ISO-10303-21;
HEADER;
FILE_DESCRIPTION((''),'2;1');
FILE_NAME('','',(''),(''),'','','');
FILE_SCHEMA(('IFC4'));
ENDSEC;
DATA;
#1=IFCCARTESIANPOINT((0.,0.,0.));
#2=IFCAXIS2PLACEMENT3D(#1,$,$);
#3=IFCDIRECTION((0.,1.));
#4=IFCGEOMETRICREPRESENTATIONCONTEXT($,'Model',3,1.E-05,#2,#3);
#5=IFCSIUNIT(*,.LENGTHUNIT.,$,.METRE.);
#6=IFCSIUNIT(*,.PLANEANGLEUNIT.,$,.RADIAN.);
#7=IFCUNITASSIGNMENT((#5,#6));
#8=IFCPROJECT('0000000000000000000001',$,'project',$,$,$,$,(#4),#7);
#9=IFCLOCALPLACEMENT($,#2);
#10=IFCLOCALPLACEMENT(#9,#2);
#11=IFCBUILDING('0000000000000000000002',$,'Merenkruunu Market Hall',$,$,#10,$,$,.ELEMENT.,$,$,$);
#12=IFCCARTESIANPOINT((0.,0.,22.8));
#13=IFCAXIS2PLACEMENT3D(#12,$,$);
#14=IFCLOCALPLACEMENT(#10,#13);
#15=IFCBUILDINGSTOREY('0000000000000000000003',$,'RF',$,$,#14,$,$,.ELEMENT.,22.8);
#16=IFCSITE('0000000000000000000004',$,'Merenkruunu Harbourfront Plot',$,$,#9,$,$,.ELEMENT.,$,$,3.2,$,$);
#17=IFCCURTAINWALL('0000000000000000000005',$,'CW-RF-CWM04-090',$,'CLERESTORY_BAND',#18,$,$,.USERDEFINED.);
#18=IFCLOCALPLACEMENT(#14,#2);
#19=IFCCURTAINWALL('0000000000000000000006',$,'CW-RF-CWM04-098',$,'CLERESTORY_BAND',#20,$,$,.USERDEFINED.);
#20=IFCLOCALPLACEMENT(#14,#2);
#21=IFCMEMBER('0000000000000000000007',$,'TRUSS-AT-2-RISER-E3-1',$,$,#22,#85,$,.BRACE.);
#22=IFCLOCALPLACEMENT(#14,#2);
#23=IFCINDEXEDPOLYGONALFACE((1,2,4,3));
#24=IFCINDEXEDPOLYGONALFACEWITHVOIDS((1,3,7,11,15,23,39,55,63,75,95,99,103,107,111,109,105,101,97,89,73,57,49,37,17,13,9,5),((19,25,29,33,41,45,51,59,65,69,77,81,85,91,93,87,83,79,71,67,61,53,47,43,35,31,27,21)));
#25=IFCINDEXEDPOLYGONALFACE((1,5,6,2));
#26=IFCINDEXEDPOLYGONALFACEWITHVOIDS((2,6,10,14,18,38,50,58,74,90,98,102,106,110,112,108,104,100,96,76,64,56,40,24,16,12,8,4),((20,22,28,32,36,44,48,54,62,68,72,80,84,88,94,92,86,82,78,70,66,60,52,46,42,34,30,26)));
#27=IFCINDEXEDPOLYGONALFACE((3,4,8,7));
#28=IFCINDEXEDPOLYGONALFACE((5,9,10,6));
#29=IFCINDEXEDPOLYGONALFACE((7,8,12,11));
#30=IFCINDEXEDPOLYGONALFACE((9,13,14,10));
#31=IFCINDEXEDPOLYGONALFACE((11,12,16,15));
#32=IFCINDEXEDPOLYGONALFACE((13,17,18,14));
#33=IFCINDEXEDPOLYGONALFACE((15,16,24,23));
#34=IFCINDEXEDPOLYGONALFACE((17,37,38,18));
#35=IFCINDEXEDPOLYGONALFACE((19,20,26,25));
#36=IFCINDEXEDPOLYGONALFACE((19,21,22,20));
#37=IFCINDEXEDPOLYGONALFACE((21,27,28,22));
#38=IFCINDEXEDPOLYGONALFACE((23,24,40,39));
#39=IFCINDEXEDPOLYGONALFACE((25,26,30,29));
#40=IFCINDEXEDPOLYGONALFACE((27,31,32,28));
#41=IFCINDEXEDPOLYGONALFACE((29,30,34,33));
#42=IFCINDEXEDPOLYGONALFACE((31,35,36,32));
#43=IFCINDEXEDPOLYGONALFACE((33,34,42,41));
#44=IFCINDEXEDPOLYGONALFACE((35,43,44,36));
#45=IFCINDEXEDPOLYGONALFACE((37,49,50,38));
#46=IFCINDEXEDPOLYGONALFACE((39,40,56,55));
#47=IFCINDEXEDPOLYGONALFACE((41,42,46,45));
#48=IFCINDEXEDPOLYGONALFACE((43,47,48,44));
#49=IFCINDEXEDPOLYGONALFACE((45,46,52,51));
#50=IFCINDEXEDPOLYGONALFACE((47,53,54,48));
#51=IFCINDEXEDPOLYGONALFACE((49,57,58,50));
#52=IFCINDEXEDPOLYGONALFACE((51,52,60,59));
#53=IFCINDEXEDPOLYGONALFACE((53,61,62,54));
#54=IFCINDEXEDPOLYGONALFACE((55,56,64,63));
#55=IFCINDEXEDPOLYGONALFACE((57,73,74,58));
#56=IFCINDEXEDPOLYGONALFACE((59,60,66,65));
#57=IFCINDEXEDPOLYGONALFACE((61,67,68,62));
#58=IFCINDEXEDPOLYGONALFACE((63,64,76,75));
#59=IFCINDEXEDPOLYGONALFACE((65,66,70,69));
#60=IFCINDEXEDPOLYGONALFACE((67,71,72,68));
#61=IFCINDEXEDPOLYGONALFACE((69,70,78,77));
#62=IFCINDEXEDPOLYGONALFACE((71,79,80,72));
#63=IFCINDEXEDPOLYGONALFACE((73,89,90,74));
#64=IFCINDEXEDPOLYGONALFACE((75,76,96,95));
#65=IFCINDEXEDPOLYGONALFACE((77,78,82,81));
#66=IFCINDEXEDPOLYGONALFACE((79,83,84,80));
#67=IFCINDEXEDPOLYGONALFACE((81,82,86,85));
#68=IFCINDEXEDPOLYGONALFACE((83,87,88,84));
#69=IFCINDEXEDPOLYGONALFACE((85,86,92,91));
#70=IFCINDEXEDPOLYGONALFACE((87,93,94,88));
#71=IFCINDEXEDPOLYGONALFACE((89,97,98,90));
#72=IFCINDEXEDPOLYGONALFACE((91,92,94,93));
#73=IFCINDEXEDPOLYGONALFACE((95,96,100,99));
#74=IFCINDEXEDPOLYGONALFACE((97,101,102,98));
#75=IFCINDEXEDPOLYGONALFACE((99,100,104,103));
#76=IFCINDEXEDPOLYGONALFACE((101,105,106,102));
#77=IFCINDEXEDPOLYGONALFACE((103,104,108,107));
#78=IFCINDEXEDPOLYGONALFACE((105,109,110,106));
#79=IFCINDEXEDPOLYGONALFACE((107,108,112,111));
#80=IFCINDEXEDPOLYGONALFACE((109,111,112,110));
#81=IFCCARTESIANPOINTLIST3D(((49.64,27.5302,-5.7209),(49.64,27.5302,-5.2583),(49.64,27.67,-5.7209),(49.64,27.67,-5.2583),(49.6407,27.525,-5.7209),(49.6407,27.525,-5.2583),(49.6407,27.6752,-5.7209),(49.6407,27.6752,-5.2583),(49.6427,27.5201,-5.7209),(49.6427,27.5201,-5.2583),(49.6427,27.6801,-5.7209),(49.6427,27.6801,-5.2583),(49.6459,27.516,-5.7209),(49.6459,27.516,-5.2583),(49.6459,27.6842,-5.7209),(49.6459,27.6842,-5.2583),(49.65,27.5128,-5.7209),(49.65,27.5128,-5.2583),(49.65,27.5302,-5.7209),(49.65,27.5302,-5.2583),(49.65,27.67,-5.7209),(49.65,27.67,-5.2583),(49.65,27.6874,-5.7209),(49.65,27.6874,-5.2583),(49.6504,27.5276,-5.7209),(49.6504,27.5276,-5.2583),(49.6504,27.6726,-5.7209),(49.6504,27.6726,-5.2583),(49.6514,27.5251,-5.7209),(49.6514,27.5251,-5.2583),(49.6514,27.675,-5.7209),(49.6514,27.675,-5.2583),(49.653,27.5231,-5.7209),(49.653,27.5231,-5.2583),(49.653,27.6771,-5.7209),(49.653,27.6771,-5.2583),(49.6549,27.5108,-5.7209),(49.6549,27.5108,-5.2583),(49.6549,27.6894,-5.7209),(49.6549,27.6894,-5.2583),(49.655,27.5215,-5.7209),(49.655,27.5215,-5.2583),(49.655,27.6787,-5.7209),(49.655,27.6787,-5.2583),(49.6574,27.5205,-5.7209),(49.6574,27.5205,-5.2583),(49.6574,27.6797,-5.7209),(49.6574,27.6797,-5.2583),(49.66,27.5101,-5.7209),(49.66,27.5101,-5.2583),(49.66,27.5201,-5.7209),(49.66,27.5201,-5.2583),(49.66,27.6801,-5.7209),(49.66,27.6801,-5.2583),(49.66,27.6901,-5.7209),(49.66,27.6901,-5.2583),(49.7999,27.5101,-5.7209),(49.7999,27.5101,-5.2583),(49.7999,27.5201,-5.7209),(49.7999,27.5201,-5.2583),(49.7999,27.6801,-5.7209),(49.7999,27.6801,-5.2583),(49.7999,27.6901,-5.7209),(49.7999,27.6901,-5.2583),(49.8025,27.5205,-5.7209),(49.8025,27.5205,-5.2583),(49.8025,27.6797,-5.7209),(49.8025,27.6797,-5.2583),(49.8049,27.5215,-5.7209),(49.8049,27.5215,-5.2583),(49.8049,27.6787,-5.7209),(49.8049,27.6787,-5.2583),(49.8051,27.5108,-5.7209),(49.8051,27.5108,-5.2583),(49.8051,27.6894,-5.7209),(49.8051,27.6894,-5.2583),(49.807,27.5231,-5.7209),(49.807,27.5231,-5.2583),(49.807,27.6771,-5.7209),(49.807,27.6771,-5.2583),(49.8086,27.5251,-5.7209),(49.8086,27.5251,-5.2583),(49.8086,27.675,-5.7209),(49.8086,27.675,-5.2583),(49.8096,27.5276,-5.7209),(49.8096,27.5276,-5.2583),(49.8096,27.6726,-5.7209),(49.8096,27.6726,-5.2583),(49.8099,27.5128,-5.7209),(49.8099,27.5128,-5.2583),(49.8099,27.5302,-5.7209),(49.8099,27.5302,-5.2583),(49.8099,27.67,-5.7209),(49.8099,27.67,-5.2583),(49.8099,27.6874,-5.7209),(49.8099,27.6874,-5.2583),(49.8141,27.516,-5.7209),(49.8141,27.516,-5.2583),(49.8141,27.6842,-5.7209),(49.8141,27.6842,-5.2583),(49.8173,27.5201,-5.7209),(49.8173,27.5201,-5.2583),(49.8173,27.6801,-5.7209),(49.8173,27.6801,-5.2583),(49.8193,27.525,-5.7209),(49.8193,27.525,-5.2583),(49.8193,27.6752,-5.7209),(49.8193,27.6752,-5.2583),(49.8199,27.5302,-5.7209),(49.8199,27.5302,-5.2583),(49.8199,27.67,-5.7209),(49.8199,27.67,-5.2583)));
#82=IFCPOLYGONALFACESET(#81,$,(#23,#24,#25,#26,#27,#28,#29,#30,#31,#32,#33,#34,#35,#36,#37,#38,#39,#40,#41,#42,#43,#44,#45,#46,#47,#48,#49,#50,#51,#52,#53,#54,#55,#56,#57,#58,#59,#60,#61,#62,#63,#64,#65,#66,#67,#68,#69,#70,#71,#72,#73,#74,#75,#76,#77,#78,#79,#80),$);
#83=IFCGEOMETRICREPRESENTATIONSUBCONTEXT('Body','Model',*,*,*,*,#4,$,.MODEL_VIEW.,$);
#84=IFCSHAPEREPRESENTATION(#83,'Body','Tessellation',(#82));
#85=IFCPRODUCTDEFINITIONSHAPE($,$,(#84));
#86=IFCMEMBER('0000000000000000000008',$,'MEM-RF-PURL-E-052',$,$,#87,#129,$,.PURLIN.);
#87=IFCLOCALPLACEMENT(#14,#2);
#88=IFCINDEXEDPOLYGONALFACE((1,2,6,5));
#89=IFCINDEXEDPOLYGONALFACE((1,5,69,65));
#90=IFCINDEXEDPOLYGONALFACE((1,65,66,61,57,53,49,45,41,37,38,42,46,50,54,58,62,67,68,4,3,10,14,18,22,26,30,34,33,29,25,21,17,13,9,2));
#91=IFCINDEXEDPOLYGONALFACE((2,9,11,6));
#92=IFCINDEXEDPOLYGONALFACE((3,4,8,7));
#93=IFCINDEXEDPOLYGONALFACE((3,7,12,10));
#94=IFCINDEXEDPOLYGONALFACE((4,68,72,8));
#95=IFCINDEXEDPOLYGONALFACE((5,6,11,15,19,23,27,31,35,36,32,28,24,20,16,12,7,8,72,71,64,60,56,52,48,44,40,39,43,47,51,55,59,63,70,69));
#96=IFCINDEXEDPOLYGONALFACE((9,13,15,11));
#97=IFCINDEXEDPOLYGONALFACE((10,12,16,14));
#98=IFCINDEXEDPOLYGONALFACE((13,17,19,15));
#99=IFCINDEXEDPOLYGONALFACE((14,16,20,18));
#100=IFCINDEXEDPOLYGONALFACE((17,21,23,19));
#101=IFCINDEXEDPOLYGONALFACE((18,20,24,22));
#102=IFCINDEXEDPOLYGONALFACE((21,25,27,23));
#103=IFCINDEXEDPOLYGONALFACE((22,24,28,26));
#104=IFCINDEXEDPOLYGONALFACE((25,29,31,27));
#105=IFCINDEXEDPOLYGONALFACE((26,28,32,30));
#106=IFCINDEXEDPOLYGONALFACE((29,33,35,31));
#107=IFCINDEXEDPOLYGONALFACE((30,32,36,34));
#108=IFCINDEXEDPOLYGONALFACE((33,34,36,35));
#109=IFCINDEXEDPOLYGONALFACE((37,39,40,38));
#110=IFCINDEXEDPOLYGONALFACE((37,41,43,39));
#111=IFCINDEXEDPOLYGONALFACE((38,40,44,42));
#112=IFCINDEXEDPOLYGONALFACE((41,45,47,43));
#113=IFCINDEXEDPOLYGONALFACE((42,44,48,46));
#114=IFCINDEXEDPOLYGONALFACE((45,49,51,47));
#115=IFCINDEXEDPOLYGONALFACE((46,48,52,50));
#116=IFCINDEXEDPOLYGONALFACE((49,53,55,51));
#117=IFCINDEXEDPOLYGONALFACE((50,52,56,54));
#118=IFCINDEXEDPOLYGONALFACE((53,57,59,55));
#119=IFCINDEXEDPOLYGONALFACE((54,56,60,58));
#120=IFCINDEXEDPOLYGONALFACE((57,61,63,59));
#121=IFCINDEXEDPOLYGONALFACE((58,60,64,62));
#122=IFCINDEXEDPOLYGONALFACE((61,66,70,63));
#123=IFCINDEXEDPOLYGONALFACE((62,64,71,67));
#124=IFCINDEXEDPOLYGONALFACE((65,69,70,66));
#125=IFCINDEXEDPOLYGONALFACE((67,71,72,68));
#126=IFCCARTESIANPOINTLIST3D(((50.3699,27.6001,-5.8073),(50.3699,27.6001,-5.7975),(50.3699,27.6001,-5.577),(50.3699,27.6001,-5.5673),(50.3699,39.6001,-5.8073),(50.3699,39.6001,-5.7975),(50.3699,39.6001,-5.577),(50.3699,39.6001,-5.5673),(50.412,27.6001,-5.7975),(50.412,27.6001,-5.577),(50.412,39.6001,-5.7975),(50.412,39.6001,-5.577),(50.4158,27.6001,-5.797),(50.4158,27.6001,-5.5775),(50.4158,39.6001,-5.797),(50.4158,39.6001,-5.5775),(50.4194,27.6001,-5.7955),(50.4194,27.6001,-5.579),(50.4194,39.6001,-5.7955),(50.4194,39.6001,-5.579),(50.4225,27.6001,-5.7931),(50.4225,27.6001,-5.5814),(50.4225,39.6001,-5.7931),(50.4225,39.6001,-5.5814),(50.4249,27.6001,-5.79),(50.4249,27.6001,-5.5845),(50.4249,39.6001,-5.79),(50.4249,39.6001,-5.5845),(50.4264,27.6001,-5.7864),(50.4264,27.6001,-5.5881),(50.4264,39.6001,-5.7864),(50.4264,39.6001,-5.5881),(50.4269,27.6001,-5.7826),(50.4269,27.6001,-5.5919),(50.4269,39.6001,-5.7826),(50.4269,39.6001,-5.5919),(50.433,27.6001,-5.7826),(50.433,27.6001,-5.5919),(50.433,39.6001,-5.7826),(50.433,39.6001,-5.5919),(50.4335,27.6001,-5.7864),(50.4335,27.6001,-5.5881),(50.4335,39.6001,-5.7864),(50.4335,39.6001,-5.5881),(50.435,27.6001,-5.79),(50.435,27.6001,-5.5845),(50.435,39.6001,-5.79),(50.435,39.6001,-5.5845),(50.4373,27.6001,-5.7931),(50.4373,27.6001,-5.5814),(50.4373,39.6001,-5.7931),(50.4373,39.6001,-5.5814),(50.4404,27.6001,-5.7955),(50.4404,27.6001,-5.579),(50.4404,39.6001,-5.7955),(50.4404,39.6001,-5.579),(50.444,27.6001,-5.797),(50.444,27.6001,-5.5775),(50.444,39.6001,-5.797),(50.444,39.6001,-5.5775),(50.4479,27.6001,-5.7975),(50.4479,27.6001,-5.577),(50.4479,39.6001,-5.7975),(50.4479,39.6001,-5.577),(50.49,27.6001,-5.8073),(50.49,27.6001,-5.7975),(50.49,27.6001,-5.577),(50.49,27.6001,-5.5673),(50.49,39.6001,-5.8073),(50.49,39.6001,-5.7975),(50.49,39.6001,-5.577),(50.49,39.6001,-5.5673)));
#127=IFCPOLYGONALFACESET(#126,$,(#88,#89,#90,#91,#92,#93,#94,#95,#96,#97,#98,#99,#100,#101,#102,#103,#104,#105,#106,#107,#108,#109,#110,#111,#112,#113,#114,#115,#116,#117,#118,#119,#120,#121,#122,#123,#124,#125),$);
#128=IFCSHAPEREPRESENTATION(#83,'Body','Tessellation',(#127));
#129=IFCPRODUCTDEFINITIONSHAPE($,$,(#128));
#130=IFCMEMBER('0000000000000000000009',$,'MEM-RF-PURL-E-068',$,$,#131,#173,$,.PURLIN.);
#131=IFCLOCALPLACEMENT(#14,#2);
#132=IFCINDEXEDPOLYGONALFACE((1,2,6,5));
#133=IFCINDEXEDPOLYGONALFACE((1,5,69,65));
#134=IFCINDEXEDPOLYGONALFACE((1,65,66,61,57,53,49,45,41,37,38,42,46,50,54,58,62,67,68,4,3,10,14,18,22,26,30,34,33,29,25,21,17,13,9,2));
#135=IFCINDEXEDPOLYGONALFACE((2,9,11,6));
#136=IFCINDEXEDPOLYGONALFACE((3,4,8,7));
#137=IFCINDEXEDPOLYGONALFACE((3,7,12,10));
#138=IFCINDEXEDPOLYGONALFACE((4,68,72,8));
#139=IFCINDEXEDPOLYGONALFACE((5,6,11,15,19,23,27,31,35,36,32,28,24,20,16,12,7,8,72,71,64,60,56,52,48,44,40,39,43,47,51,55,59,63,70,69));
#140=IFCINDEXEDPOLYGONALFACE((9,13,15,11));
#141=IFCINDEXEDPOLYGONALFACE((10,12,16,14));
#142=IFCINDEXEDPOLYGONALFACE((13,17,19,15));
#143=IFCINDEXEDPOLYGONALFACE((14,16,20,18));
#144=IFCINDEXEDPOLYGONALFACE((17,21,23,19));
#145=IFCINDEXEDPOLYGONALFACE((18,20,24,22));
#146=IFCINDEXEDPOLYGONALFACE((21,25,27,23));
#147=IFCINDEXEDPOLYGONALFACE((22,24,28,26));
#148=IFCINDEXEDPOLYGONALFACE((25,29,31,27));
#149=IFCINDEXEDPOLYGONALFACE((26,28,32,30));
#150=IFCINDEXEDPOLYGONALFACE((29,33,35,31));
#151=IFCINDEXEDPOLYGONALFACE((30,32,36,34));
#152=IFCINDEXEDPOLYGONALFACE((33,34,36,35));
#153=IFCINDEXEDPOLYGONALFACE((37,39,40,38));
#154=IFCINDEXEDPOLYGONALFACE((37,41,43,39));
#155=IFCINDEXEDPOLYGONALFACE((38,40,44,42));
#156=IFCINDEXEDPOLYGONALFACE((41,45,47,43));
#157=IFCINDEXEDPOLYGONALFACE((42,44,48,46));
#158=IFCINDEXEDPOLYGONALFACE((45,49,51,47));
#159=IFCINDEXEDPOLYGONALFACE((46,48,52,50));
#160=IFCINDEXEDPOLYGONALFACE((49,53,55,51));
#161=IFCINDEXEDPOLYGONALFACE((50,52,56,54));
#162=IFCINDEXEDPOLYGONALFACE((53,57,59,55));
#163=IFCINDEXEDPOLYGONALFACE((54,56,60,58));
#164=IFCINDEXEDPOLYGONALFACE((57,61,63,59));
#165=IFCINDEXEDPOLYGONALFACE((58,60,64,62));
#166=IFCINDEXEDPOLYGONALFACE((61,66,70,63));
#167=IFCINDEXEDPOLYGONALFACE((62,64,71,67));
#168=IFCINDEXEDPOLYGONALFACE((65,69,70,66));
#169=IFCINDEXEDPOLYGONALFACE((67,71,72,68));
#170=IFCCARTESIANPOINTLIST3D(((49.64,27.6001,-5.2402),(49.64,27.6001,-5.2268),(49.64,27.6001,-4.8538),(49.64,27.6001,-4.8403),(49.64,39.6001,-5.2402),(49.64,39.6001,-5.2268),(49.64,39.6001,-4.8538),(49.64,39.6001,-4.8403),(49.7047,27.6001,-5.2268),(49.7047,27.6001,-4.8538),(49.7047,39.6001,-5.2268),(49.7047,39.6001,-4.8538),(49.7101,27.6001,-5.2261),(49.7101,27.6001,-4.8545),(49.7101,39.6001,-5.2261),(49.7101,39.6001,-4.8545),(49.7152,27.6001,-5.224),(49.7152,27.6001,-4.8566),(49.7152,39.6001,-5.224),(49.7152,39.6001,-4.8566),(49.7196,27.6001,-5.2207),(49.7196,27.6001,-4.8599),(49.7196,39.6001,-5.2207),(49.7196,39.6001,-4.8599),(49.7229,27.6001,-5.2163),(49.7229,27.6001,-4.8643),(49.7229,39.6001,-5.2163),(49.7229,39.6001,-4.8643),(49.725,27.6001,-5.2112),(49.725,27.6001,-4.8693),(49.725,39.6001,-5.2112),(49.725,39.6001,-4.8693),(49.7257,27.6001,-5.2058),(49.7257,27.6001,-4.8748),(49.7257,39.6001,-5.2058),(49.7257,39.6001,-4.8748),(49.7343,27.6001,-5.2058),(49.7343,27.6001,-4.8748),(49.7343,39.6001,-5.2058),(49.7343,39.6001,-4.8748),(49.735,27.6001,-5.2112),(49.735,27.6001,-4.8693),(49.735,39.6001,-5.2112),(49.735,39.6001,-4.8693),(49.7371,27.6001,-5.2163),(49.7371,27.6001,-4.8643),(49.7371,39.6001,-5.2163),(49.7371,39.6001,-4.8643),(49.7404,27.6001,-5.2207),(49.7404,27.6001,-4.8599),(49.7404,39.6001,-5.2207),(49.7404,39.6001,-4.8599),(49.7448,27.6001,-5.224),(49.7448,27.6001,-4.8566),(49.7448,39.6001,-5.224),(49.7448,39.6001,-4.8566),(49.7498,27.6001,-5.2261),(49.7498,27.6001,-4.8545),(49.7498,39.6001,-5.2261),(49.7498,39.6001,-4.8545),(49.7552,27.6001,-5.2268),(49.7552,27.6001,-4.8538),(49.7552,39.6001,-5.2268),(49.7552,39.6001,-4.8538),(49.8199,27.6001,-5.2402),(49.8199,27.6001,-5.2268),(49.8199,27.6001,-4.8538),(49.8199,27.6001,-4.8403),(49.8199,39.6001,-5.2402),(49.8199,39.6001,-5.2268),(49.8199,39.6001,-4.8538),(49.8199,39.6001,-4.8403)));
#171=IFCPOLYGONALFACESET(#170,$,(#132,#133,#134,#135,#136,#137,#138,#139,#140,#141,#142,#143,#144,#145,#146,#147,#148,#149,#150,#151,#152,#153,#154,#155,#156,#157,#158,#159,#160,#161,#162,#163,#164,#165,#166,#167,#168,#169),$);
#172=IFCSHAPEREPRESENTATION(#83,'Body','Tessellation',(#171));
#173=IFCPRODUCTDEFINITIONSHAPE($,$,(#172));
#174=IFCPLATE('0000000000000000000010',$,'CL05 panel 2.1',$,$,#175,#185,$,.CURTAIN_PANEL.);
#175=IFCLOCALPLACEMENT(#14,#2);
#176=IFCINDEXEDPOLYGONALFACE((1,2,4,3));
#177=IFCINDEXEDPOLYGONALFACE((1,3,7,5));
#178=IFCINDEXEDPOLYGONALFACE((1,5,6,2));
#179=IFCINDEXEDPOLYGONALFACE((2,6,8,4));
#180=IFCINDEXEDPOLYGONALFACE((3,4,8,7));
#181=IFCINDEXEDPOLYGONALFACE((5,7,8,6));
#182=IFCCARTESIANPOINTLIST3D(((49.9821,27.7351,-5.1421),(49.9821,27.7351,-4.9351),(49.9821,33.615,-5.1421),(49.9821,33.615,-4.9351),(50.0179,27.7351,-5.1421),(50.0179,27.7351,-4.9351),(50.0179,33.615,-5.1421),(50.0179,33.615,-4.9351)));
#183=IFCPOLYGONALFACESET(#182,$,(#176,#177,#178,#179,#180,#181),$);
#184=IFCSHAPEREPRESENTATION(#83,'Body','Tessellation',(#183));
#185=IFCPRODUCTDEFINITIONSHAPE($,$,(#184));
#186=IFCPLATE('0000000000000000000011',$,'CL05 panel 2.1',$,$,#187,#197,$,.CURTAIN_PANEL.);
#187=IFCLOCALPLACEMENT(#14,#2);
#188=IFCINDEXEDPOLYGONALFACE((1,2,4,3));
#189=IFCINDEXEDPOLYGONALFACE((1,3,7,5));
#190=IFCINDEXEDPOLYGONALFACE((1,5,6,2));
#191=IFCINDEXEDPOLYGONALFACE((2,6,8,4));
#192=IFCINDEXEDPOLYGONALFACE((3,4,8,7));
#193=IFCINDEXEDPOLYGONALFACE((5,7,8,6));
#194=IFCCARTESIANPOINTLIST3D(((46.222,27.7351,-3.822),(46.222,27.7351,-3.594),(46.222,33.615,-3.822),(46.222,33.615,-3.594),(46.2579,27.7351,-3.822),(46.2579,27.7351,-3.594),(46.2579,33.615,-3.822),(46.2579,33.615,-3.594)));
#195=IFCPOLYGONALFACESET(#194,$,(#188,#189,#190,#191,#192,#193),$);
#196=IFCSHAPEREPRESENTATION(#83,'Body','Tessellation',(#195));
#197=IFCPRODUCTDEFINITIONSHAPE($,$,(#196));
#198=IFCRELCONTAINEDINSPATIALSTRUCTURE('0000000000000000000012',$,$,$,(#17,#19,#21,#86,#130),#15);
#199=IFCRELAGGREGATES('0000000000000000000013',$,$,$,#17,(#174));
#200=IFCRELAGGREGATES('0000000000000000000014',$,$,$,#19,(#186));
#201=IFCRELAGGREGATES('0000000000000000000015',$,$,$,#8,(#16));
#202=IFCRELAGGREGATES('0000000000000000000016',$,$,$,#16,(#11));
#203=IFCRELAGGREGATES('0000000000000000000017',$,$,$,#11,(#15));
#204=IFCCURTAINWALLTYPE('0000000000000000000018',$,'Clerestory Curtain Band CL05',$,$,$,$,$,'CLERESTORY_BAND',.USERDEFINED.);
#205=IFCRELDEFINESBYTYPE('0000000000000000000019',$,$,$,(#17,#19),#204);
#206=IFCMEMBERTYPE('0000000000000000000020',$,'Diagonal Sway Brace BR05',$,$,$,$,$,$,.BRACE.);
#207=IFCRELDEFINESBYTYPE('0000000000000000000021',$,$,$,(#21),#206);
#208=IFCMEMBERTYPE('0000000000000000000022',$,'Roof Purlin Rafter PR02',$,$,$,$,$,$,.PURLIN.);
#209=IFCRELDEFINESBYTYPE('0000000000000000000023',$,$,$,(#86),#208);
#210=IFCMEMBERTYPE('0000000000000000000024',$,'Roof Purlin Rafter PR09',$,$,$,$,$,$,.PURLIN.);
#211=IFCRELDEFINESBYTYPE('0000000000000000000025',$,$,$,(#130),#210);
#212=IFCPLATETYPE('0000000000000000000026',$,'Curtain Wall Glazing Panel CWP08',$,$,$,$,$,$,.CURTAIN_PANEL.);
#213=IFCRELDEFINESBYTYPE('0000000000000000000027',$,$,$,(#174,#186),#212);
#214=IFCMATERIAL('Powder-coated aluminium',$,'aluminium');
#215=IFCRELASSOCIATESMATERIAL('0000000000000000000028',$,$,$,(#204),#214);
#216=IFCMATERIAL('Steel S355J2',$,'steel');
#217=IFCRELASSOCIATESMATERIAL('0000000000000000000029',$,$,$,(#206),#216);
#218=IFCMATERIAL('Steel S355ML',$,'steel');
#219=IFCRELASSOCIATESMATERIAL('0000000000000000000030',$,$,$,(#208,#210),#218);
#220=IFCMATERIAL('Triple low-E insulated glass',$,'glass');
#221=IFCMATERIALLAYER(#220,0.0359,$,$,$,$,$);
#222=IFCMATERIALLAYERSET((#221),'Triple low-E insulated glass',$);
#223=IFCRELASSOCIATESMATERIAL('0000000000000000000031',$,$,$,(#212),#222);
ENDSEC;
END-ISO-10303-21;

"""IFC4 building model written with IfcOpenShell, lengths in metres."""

from ifc_helpers import new_model, si_unit, direction, frame, origin, origin_2d, place, context, subcontext, project, spatial, rectangle, hollow_rectangle, i_section, extrude, material, layer, layer_set, material_profile, profile_set, type_object, element, aggregate, save


model = new_model("IFC4")

# Units and contexts
model_context = context("Model", 3, precision=1e-05, world=origin(), true_north=direction((0.0, 1.0)))
body_context = subcontext(model_context, "Body", "Model", "MODEL_VIEW")
ifc_project = project(units=[si_unit("LENGTHUNIT", "METRE"), si_unit("PLANEANGLEUNIT", "RADIAN")], contexts=[model_context])

# Site, building, storey
site_placement = place(None, origin())
site = spatial("IfcSite", under=ifc_project, at=site_placement, Name="Merenkruunu Harbourfront Plot", CompositionType="ELEMENT", RefElevation=3.2)
building_placement = place(site_placement, origin())
building = spatial("IfcBuilding", under=site, at=building_placement, Name="Merenkruunu Market Hall", CompositionType="ELEMENT")
storey_placement = place(building_placement, frame((0.0, 0.0, 22.8)))
storey = spatial("IfcBuildingStorey", under=building, at=storey_placement, Name="RF", CompositionType="ELEMENT", Elevation=22.8)

# Shared definitions
ifc_material_1 = material(Name="Steel S355ML", Category="steel")

# Curtain walls
ifc_material_2 = material(Name="Powder-coated aluminium", Category="aluminium")
curtain_wall_type = type_object("IfcCurtainWallType", Name="Clerestory Curtain Band CL05", ElementType="CLERESTORY_BAND", PredefinedType="USERDEFINED", material=ifc_material_2)
curtain_wall_1_placement = place(storey_placement, origin())
curtain_wall_1 = element("IfcCurtainWall", 1, at=curtain_wall_1_placement, inside=storey, type_object=curtain_wall_type, Name="CW-RF-CWM04-090", ObjectType="CLERESTORY_BAND", PredefinedType="USERDEFINED")
curtain_wall_2_placement = place(storey_placement, origin())
curtain_wall_2 = element("IfcCurtainWall", 2, at=curtain_wall_2_placement, inside=storey, type_object=curtain_wall_type, Name="CW-RF-CWM04-098", ObjectType="CLERESTORY_BAND", PredefinedType="USERDEFINED")

# Members
ifc_material_3 = material(Name="Steel S355J2", Category="steel")
ifc_material_profile_1 = material_profile(ifc_material_3, hollow_rectangle(XDim=0.1799, YDim=0.1799, WallThickness=0.01, InnerFilletRadius=0.01, OuterFilletRadius=0.02, at=origin_2d()), Name="SHS 180x180x10")
ifc_profile_set_1 = profile_set([ifc_material_profile_1], Name="Steel S355J2")
member_type_1 = type_object("IfcMemberType", Name="Diagonal Sway Brace BR05", PredefinedType="BRACE", material=ifc_profile_set_1)
member_1_placement = place(storey_placement, frame((49.73, 27.6001, -5.7209), z_axis=(0.0, 0.0, 1.0), x_axis=(1.0, 0.0, 0.0)))
element("IfcMember", 3, at=member_1_placement, inside=storey, type_object=member_type_1, Name="TRUSS-AT-2-RISER-E3-1", PredefinedType="BRACE", context=body_context, shape_type="SweptSolid", body=[
    extrude(hollow_rectangle(XDim=0.1799, YDim=0.1799, WallThickness=0.01, InnerFilletRadius=0.01, OuterFilletRadius=0.02, at=origin_2d()), origin(), (0.0, 0.0, 1.0), 0.4626),
])
ifc_material_profile_2 = material_profile(ifc_material_1, i_section(OverallWidth=0.1201, OverallDepth=0.24, WebThickness=0.0061, FlangeThickness=0.0098, FilletRadius=0.0149, at=origin_2d()), Name="IPE 240")
ifc_profile_set_2 = profile_set([ifc_material_profile_2], Name="Steel S355ML")
member_type_2 = type_object("IfcMemberType", Name="Roof Purlin Rafter PR02", PredefinedType="PURLIN", material=ifc_profile_set_2)
member_2_placement = place(storey_placement, frame((50.4299, 27.6001, -5.6873), z_axis=(0.0, 1.0, 0.0), x_axis=(-1.0, 0.0, 0.0)))
element("IfcMember", 4, at=member_2_placement, inside=storey, type_object=member_type_2, Name="MEM-RF-PURL-E-052", PredefinedType="PURLIN", context=body_context, shape_type="SweptSolid", body=[
    extrude(i_section(OverallWidth=0.1201, OverallDepth=0.24, WebThickness=0.0061, FlangeThickness=0.0098, FilletRadius=0.0149, at=origin_2d()), origin(), (0.0, 0.0, 1.0), 12.0),
])
ifc_material_profile_3 = material_profile(ifc_material_1, i_section(OverallWidth=0.1799, OverallDepth=0.3999, WebThickness=0.0085, FlangeThickness=0.0134, FilletRadius=0.021, at=origin_2d()), Name="IPE 400")
ifc_profile_set_3 = profile_set([ifc_material_profile_3], Name="Steel S355ML")
member_type_3 = type_object("IfcMemberType", Name="Roof Purlin Rafter PR09", PredefinedType="PURLIN", material=ifc_profile_set_3)
member_3_placement = place(storey_placement, frame((49.73, 27.6001, -5.0403), z_axis=(0.0, 1.0, 0.0), x_axis=(-1.0, 0.0, 0.0)))
element("IfcMember", 5, at=member_3_placement, inside=storey, type_object=member_type_3, Name="MEM-RF-PURL-E-068", PredefinedType="PURLIN", context=body_context, shape_type="SweptSolid", body=[
    extrude(i_section(OverallWidth=0.1799, OverallDepth=0.3999, WebThickness=0.0085, FlangeThickness=0.0134, FilletRadius=0.021, at=origin_2d()), origin(), (0.0, 0.0, 1.0), 12.0),
])

# Plates
ifc_material_4 = material(Name="Triple low-E insulated glass", Category="glass")
ifc_layer_1 = layer(ifc_material_4, 0.0359)
ifc_layer_set_1 = layer_set([ifc_layer_1], Name="Triple low-E insulated glass")
plate_type_1 = type_object("IfcPlateType", Name="Curtain Wall Glazing Panel CWP08", PredefinedType="CURTAIN_PANEL", material=ifc_layer_set_1)
plate_1_placement = place(storey_placement, frame((50.0, 30.675, -5.1421), z_axis=(0.0, 0.0, 1.0), x_axis=(0.0, -1.0, 0.0)))
plate_1 = element("IfcPlate", 6, at=plate_1_placement, type_object=plate_type_1, Name="CL05 panel 2.1", PredefinedType="CURTAIN_PANEL", context=body_context, shape_type="SweptSolid", body=[
    extrude(rectangle(XDim=5.8799, YDim=0.0359, at=origin_2d()), origin(), (0.0, 0.0, 1.0), 0.207),
])
aggregate(curtain_wall_1, [plate_1])
plate_2_placement = place(storey_placement, frame((46.24, 30.675, -3.822), z_axis=(0.0, 0.0, 1.0), x_axis=(0.0, -1.0, 0.0)))
plate_2 = element("IfcPlate", 7, at=plate_2_placement, type_object=plate_type_1, Name="CL05 panel 2.1", PredefinedType="CURTAIN_PANEL", context=body_context, shape_type="SweptSolid", body=[
    extrude(rectangle(XDim=5.8799, YDim=0.0359, at=origin_2d()), origin(), (0.0, 0.0, 1.0), 0.228),
])
aggregate(curtain_wall_2, [plate_2])

save(model, "model.ifc")
